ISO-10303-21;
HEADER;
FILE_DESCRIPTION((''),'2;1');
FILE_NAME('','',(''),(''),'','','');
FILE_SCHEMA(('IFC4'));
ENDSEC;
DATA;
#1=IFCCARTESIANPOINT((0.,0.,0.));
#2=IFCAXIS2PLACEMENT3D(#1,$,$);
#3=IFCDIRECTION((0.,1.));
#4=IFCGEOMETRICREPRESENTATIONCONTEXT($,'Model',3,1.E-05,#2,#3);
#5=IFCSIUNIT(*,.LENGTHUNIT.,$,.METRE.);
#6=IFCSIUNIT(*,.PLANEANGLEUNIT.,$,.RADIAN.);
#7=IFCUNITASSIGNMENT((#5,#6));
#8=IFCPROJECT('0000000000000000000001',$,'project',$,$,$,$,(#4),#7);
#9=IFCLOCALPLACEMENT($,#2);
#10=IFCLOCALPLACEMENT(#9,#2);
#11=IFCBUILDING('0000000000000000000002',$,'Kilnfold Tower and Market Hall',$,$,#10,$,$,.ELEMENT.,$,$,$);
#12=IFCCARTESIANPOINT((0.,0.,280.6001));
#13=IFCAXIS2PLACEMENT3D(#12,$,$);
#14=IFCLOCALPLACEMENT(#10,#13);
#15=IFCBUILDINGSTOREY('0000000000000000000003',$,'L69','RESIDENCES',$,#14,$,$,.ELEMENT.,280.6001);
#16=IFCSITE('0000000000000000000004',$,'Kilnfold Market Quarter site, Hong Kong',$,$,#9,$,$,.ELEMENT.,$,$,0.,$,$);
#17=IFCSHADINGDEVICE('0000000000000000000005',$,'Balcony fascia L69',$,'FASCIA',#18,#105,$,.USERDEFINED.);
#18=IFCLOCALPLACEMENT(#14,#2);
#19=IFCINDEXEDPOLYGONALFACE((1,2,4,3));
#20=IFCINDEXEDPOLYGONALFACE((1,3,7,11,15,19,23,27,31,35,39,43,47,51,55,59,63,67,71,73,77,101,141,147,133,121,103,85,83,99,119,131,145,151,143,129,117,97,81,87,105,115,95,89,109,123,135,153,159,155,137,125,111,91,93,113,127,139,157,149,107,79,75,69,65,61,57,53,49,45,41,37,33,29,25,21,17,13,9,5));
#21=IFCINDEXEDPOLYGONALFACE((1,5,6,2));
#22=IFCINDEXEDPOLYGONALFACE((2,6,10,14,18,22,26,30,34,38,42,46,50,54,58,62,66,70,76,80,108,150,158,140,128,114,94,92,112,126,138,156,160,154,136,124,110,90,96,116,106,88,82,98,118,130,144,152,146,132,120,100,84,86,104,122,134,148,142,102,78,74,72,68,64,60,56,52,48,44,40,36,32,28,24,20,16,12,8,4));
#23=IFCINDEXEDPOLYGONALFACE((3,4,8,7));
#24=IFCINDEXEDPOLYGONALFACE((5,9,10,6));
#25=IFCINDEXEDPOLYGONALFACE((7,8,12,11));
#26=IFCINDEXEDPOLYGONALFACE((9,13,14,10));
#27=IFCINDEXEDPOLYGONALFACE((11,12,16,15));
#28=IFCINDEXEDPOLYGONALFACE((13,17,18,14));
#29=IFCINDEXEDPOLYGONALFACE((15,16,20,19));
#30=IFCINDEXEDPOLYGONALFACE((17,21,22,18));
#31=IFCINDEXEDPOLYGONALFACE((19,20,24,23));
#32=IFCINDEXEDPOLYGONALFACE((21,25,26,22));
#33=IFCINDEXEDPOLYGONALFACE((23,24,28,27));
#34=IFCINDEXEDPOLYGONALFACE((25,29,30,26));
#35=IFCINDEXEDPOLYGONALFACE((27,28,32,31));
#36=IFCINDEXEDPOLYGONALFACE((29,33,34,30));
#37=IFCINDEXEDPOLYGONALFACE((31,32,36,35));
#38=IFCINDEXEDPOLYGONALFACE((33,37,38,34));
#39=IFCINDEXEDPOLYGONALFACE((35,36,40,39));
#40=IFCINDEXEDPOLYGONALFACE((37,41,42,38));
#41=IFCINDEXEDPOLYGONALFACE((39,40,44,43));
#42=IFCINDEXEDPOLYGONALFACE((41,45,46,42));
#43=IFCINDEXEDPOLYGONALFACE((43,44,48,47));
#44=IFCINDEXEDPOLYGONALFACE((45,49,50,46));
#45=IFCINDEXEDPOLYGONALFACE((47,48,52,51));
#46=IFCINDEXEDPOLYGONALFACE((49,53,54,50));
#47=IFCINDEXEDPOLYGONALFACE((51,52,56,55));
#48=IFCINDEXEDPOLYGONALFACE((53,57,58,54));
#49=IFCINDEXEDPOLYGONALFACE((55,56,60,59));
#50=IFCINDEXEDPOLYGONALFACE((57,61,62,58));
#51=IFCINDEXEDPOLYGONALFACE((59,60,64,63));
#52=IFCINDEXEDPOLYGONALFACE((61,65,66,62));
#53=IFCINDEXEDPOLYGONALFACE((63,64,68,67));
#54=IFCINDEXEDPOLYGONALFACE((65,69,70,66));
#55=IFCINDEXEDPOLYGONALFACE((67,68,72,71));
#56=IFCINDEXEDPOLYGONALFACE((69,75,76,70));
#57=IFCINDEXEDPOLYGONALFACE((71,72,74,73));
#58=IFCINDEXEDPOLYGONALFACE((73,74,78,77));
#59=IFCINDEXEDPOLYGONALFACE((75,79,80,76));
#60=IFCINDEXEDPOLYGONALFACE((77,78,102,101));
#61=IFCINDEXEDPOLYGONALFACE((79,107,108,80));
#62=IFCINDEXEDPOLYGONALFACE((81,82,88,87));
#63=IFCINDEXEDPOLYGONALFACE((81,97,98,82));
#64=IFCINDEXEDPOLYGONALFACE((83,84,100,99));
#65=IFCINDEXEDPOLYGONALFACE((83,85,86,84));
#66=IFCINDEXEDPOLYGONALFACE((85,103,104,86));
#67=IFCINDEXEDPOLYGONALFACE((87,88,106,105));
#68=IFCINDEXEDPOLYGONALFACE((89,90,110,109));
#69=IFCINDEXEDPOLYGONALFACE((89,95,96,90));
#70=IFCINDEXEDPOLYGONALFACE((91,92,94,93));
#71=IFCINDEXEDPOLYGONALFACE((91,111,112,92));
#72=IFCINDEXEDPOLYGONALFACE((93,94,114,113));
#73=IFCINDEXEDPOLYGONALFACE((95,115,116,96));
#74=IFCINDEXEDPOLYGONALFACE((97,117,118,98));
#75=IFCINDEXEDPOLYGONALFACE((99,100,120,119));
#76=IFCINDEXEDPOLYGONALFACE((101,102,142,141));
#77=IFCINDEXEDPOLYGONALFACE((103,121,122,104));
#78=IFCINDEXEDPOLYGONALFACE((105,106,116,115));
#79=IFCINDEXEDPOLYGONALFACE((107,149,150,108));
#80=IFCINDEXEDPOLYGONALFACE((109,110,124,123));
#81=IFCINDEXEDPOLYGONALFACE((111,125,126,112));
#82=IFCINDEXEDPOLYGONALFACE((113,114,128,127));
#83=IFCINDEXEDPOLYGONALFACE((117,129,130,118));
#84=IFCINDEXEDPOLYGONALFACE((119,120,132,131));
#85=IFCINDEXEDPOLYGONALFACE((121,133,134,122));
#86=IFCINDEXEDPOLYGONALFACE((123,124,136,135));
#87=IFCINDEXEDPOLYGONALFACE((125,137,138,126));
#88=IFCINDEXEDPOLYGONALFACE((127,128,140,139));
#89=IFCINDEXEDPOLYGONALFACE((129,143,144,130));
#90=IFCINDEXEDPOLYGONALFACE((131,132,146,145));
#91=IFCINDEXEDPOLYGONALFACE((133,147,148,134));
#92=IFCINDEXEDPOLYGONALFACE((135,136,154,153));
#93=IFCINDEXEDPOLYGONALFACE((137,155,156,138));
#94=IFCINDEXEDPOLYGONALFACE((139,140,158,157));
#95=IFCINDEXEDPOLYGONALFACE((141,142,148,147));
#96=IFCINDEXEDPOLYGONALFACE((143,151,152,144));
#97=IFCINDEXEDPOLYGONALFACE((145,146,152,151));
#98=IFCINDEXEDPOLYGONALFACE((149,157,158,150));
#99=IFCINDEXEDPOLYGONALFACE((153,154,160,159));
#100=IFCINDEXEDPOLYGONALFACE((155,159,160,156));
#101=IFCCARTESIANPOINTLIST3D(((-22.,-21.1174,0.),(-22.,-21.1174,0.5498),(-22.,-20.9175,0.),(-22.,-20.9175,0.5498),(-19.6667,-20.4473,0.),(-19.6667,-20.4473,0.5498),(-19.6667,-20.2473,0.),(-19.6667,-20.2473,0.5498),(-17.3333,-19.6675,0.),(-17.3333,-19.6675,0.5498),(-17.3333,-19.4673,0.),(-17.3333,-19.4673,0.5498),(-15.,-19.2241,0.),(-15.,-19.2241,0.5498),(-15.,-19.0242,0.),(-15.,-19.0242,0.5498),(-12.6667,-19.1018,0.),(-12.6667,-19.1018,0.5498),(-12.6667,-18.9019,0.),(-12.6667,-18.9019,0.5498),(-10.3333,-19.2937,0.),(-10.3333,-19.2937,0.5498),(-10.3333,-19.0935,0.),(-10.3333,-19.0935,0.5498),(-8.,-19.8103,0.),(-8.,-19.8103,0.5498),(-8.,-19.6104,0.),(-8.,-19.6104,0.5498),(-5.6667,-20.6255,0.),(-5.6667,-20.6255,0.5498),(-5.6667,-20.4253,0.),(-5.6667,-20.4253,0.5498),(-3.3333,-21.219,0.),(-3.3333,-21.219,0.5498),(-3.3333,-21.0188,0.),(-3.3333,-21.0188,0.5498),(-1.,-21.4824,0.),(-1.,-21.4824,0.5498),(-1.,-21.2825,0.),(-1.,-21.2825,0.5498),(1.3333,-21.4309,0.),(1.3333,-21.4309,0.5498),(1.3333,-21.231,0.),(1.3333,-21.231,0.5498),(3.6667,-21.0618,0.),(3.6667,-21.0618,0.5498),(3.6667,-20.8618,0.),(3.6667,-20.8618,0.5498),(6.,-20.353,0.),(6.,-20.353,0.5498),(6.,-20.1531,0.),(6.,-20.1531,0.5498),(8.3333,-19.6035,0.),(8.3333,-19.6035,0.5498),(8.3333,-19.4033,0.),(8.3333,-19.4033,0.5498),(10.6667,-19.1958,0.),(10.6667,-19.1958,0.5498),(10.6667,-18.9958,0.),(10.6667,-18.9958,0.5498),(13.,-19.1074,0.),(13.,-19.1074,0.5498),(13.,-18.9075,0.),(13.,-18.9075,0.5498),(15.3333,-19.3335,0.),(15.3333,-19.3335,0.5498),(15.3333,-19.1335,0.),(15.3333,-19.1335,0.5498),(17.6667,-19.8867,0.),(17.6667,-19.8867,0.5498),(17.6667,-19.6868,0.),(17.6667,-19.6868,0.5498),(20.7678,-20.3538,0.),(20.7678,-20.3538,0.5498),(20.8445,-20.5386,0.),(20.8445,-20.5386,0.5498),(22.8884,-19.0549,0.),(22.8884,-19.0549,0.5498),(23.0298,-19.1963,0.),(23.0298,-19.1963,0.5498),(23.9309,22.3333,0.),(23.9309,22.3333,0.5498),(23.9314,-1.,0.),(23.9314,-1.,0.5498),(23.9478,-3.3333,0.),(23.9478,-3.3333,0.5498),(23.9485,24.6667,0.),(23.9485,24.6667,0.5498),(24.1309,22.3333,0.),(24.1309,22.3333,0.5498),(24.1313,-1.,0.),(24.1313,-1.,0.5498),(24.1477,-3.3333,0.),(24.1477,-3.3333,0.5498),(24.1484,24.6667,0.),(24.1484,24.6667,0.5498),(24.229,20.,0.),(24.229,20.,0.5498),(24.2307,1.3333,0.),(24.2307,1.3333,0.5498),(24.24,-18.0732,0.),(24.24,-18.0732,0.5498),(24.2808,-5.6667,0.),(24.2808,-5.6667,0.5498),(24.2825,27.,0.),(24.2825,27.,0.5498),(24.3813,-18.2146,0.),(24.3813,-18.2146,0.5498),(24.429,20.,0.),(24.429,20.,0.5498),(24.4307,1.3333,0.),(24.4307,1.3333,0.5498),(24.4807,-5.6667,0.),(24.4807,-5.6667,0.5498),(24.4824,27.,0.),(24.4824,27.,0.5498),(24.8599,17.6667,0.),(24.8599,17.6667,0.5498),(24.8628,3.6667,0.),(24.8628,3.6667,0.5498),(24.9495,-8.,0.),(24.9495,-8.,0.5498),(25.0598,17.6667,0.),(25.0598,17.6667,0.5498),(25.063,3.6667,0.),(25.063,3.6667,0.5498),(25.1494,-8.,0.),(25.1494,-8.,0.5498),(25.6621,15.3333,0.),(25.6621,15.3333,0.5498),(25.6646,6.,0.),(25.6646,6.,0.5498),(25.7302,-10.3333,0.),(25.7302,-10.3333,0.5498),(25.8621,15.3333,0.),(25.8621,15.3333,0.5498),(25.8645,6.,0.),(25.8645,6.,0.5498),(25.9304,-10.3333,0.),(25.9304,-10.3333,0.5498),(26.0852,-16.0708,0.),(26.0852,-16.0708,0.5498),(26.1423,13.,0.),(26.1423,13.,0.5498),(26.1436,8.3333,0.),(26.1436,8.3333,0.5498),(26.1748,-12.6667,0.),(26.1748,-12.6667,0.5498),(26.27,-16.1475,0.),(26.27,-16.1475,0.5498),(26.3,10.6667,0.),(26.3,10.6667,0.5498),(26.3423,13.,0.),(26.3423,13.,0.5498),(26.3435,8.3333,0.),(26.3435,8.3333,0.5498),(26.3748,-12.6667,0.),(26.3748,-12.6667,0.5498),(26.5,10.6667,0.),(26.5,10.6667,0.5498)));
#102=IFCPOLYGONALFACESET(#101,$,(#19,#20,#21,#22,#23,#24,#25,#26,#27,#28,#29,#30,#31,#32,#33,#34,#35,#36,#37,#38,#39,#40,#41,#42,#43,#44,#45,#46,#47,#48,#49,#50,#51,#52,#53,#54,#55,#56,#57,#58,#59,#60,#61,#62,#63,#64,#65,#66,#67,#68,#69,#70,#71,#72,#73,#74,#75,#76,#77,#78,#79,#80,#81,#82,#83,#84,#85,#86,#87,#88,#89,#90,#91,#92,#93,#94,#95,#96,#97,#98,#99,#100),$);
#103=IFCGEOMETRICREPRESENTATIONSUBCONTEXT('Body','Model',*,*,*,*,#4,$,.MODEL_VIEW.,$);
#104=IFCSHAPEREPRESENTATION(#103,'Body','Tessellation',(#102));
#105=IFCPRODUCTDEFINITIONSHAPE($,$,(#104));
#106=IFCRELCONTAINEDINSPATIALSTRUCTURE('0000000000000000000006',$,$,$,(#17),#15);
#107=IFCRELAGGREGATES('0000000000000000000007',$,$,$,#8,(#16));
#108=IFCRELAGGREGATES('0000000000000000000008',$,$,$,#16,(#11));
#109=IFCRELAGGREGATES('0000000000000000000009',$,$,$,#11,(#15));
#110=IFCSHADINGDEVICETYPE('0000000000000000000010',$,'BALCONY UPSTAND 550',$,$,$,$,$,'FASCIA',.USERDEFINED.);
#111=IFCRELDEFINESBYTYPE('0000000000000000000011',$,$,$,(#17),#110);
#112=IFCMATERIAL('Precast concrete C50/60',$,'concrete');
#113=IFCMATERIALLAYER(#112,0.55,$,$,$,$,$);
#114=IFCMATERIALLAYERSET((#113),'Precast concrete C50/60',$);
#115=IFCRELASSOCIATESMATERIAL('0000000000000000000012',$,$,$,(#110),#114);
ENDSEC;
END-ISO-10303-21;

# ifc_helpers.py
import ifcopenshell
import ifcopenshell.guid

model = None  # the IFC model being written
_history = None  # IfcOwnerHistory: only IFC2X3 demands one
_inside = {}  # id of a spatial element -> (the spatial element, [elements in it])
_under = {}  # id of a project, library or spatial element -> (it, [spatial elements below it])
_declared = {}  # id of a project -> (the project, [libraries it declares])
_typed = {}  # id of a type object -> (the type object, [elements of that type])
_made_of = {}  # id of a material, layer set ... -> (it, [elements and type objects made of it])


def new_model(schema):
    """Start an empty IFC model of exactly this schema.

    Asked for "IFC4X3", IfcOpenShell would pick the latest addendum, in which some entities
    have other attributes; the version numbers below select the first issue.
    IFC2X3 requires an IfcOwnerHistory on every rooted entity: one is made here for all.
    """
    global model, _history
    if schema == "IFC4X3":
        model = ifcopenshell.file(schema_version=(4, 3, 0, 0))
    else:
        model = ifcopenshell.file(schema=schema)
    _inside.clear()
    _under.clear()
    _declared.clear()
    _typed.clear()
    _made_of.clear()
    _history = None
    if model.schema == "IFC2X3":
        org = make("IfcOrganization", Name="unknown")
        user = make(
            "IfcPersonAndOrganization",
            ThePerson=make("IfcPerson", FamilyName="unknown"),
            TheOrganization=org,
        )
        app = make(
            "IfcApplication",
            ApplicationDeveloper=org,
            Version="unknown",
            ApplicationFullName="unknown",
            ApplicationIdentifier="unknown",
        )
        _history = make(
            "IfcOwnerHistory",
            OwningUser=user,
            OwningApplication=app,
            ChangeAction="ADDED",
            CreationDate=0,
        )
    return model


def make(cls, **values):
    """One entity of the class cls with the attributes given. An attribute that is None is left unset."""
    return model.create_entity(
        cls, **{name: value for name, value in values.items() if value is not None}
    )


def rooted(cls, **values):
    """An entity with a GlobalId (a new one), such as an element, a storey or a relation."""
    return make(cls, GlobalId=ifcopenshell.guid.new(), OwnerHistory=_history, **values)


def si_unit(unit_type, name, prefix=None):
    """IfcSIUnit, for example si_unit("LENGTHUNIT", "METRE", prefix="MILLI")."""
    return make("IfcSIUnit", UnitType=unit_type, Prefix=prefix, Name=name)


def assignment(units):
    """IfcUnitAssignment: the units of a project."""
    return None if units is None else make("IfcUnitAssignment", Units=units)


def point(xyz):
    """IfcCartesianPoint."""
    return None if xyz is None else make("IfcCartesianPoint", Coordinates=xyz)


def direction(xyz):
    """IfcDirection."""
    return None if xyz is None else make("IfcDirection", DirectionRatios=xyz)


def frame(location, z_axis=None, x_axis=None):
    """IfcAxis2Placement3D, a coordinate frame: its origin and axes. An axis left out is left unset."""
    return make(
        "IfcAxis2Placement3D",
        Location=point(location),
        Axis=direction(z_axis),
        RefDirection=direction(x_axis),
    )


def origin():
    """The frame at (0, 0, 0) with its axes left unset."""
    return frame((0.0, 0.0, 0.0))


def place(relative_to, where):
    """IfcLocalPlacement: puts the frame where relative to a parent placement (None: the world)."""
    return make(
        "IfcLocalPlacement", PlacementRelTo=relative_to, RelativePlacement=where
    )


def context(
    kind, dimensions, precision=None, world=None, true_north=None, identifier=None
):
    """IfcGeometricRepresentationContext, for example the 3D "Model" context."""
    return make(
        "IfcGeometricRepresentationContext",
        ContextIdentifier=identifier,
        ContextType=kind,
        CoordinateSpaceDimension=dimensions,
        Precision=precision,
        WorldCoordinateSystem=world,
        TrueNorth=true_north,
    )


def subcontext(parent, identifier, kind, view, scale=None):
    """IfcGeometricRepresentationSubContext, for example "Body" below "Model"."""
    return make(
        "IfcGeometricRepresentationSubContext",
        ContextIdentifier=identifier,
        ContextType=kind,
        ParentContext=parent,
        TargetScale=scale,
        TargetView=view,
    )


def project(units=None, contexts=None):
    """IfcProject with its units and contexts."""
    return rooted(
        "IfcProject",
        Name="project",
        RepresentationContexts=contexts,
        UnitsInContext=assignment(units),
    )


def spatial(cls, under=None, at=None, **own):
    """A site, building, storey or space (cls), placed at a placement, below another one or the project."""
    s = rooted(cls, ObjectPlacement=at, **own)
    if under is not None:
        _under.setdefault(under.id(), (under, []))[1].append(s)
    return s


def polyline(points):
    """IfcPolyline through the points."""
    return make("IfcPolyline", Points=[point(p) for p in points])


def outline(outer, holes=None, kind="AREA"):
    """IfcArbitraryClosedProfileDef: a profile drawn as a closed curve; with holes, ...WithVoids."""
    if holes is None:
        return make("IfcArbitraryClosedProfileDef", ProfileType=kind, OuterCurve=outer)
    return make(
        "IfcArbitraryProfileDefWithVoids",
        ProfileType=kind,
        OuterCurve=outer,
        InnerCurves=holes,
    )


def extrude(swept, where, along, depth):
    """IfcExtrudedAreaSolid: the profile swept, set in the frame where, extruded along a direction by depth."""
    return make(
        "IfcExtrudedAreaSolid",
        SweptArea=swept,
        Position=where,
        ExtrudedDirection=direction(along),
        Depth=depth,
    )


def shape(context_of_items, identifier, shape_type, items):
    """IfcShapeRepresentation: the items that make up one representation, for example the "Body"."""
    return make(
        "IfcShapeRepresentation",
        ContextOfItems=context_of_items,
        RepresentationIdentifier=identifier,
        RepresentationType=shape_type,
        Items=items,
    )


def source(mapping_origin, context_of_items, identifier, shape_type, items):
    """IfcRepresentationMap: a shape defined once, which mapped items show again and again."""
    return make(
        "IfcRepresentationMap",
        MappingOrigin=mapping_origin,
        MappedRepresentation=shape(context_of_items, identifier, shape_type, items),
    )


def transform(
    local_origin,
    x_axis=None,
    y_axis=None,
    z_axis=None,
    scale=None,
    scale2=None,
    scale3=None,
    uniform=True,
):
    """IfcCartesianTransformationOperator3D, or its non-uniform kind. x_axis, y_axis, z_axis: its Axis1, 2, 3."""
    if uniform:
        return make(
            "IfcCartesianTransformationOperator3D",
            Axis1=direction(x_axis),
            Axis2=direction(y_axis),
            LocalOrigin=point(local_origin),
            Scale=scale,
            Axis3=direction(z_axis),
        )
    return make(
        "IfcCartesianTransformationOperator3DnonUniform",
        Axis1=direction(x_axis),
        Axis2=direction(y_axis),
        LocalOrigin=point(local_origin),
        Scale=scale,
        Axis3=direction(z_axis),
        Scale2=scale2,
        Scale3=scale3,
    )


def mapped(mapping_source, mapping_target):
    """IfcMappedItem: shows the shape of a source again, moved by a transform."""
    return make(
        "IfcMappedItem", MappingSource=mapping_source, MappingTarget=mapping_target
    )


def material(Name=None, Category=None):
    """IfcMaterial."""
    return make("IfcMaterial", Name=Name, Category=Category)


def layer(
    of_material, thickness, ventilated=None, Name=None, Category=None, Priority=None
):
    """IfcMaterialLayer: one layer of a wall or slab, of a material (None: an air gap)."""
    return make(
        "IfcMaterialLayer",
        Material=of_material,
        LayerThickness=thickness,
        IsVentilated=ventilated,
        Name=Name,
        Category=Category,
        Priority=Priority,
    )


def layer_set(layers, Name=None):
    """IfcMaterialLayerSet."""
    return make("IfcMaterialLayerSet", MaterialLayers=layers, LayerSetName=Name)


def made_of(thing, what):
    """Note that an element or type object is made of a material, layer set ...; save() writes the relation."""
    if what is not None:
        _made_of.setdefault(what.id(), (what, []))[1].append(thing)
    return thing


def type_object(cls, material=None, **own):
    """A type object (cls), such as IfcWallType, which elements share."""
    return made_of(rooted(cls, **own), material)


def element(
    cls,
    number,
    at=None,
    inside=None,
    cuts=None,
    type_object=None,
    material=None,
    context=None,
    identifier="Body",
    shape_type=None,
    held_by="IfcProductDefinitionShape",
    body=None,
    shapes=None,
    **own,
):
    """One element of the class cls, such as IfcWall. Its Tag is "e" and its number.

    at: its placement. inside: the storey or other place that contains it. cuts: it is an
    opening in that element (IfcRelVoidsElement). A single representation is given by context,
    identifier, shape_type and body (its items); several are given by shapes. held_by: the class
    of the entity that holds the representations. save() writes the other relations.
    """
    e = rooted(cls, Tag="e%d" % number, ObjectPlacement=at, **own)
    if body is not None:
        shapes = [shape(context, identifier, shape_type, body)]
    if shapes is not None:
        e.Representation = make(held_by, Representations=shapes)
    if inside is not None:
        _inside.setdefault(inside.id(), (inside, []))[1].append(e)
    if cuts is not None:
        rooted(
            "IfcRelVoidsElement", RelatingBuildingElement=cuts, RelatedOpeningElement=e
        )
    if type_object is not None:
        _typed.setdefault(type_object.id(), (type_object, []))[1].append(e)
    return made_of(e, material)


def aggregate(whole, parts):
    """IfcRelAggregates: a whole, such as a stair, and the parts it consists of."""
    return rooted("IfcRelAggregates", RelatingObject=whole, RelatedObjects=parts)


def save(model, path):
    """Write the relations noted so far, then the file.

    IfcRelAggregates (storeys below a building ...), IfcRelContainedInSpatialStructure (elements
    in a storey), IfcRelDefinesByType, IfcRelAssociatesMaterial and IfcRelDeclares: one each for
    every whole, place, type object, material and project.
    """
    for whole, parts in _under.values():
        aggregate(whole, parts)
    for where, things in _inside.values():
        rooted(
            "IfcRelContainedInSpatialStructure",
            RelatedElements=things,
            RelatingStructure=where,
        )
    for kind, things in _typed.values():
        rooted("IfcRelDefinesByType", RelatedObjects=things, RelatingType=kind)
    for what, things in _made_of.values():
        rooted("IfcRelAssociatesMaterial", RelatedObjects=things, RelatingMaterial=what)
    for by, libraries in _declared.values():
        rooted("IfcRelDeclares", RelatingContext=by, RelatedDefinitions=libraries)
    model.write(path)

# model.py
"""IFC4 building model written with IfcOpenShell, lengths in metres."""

from ifc_helpers import new_model, si_unit, direction, frame, origin, place, context, subcontext, project, spatial, polyline, outline, extrude, source, transform, mapped, material, layer, layer_set, type_object, element, save


model = new_model("IFC4")

# Units and contexts
model_context = context("Model", 3, precision=1e-05, world=origin(), true_north=direction((0.0, 1.0)))
body_context = subcontext(model_context, "Body", "Model", "MODEL_VIEW")
ifc_project = project(units=[si_unit("LENGTHUNIT", "METRE"), si_unit("PLANEANGLEUNIT", "RADIAN")], contexts=[model_context])

# Site, building, storey
site_placement = place(None, origin())
site = spatial("IfcSite", under=ifc_project, at=site_placement, Name="Kilnfold Market Quarter site, Hong Kong", CompositionType="ELEMENT", RefElevation=0.0)
building_placement = place(site_placement, origin())
building = spatial("IfcBuilding", under=site, at=building_placement, Name="Kilnfold Tower and Market Hall", CompositionType="ELEMENT")
storey_placement = place(building_placement, frame((0.0, 0.0, 280.6001)))
storey = spatial("IfcBuildingStorey", under=building, at=storey_placement, Name="L69", Description="RESIDENCES", CompositionType="ELEMENT", Elevation=280.6001)

# Shading device
ifc_material_1 = material(Name="Precast concrete C50/60", Category="concrete")
ifc_layer_1 = layer(ifc_material_1, 0.55)
ifc_layer_set_1 = layer_set([ifc_layer_1], Name="Precast concrete C50/60")
shading_device_type_1 = type_object("IfcShadingDeviceType", Name="BALCONY UPSTAND 550", ElementType="FASCIA", PredefinedType="USERDEFINED", material=ifc_layer_set_1)
shared_shape_1 = source(origin(), body_context, "Body", "SweptSolid", [
    extrude(outline(polyline([(-22.0, -21.1174), (-19.6667, -20.4473), (-17.3333, -19.6675), (-15.0, -19.2241), (-12.6667, -19.1018), (-10.3333, -19.2937), (-8.0, -19.8103), (-5.6667, -20.6255), (-3.3333, -21.219), (-1.0, -21.4824), (1.3333, -21.4309), (3.6667, -21.0618), (6.0, -20.353), (8.3333, -19.6035), (10.6667, -19.1958), (13.0, -19.1074), (15.3333, -19.3335), (17.6667, -19.8867), (20.8445, -20.5386), (23.0298, -19.1963), (24.3813, -18.2146), (26.27, -16.1475), (26.3748, -12.6667), (25.9304, -10.3333), (25.1494, -8.0), (24.4807, -5.6667), (24.1477, -3.3333), (24.1313, -1.0), (24.4307, 1.3333), (25.063, 3.6667), (25.8645, 6.0), (26.3435, 8.3333), (26.5, 10.6667), (26.3423, 13.0), (25.8621, 15.3333), (25.0598, 17.6667), (24.429, 20.0), (24.1309, 22.3333), (24.1484, 24.6667), (24.4824, 27.0), (24.2825, 27.0), (23.9485, 24.6667), (23.9309, 22.3333), (24.229, 20.0), (24.8599, 17.6667), (25.6621, 15.3333), (26.1423, 13.0), (26.3, 10.6667), (26.1436, 8.3333), (25.6646, 6.0), (24.8628, 3.6667), (24.2307, 1.3333), (23.9314, -1.0), (23.9478, -3.3333), (24.2808, -5.6667), (24.9495, -8.0), (25.7302, -10.3333), (26.1748, -12.6667), (26.0852, -16.0708), (24.24, -18.0732), (22.8884, -19.0549), (20.7678, -20.3538), (17.6667, -19.6868), (15.3333, -19.1335), (13.0, -18.9075), (10.6667, -18.9958), (8.3333, -19.4033), (6.0, -20.1531), (3.6667, -20.8618), (1.3333, -21.231), (-1.0, -21.2825), (-3.3333, -21.0188), (-5.6667, -20.4253), (-8.0, -19.6104), (-10.3333, -19.0935), (-12.6667, -18.9019), (-15.0, -19.0242), (-17.3333, -19.4673), (-19.6667, -20.2473), (-22.0, -20.9175), (-22.0, -21.1174)])), origin(), (0.0, 0.0, 1.0), 0.5498),
])
shading_device_1_placement = place(storey_placement, origin())
element("IfcShadingDevice", 1, at=shading_device_1_placement, inside=storey, type_object=shading_device_type_1, Name="Balcony fascia L69", ObjectType="FASCIA", PredefinedType="USERDEFINED", context=body_context, shape_type="MappedRepresentation", body=[
    mapped(shared_shape_1, transform((0.0, 0.0, 0.0))),
])

save(model, "model.ifc")
